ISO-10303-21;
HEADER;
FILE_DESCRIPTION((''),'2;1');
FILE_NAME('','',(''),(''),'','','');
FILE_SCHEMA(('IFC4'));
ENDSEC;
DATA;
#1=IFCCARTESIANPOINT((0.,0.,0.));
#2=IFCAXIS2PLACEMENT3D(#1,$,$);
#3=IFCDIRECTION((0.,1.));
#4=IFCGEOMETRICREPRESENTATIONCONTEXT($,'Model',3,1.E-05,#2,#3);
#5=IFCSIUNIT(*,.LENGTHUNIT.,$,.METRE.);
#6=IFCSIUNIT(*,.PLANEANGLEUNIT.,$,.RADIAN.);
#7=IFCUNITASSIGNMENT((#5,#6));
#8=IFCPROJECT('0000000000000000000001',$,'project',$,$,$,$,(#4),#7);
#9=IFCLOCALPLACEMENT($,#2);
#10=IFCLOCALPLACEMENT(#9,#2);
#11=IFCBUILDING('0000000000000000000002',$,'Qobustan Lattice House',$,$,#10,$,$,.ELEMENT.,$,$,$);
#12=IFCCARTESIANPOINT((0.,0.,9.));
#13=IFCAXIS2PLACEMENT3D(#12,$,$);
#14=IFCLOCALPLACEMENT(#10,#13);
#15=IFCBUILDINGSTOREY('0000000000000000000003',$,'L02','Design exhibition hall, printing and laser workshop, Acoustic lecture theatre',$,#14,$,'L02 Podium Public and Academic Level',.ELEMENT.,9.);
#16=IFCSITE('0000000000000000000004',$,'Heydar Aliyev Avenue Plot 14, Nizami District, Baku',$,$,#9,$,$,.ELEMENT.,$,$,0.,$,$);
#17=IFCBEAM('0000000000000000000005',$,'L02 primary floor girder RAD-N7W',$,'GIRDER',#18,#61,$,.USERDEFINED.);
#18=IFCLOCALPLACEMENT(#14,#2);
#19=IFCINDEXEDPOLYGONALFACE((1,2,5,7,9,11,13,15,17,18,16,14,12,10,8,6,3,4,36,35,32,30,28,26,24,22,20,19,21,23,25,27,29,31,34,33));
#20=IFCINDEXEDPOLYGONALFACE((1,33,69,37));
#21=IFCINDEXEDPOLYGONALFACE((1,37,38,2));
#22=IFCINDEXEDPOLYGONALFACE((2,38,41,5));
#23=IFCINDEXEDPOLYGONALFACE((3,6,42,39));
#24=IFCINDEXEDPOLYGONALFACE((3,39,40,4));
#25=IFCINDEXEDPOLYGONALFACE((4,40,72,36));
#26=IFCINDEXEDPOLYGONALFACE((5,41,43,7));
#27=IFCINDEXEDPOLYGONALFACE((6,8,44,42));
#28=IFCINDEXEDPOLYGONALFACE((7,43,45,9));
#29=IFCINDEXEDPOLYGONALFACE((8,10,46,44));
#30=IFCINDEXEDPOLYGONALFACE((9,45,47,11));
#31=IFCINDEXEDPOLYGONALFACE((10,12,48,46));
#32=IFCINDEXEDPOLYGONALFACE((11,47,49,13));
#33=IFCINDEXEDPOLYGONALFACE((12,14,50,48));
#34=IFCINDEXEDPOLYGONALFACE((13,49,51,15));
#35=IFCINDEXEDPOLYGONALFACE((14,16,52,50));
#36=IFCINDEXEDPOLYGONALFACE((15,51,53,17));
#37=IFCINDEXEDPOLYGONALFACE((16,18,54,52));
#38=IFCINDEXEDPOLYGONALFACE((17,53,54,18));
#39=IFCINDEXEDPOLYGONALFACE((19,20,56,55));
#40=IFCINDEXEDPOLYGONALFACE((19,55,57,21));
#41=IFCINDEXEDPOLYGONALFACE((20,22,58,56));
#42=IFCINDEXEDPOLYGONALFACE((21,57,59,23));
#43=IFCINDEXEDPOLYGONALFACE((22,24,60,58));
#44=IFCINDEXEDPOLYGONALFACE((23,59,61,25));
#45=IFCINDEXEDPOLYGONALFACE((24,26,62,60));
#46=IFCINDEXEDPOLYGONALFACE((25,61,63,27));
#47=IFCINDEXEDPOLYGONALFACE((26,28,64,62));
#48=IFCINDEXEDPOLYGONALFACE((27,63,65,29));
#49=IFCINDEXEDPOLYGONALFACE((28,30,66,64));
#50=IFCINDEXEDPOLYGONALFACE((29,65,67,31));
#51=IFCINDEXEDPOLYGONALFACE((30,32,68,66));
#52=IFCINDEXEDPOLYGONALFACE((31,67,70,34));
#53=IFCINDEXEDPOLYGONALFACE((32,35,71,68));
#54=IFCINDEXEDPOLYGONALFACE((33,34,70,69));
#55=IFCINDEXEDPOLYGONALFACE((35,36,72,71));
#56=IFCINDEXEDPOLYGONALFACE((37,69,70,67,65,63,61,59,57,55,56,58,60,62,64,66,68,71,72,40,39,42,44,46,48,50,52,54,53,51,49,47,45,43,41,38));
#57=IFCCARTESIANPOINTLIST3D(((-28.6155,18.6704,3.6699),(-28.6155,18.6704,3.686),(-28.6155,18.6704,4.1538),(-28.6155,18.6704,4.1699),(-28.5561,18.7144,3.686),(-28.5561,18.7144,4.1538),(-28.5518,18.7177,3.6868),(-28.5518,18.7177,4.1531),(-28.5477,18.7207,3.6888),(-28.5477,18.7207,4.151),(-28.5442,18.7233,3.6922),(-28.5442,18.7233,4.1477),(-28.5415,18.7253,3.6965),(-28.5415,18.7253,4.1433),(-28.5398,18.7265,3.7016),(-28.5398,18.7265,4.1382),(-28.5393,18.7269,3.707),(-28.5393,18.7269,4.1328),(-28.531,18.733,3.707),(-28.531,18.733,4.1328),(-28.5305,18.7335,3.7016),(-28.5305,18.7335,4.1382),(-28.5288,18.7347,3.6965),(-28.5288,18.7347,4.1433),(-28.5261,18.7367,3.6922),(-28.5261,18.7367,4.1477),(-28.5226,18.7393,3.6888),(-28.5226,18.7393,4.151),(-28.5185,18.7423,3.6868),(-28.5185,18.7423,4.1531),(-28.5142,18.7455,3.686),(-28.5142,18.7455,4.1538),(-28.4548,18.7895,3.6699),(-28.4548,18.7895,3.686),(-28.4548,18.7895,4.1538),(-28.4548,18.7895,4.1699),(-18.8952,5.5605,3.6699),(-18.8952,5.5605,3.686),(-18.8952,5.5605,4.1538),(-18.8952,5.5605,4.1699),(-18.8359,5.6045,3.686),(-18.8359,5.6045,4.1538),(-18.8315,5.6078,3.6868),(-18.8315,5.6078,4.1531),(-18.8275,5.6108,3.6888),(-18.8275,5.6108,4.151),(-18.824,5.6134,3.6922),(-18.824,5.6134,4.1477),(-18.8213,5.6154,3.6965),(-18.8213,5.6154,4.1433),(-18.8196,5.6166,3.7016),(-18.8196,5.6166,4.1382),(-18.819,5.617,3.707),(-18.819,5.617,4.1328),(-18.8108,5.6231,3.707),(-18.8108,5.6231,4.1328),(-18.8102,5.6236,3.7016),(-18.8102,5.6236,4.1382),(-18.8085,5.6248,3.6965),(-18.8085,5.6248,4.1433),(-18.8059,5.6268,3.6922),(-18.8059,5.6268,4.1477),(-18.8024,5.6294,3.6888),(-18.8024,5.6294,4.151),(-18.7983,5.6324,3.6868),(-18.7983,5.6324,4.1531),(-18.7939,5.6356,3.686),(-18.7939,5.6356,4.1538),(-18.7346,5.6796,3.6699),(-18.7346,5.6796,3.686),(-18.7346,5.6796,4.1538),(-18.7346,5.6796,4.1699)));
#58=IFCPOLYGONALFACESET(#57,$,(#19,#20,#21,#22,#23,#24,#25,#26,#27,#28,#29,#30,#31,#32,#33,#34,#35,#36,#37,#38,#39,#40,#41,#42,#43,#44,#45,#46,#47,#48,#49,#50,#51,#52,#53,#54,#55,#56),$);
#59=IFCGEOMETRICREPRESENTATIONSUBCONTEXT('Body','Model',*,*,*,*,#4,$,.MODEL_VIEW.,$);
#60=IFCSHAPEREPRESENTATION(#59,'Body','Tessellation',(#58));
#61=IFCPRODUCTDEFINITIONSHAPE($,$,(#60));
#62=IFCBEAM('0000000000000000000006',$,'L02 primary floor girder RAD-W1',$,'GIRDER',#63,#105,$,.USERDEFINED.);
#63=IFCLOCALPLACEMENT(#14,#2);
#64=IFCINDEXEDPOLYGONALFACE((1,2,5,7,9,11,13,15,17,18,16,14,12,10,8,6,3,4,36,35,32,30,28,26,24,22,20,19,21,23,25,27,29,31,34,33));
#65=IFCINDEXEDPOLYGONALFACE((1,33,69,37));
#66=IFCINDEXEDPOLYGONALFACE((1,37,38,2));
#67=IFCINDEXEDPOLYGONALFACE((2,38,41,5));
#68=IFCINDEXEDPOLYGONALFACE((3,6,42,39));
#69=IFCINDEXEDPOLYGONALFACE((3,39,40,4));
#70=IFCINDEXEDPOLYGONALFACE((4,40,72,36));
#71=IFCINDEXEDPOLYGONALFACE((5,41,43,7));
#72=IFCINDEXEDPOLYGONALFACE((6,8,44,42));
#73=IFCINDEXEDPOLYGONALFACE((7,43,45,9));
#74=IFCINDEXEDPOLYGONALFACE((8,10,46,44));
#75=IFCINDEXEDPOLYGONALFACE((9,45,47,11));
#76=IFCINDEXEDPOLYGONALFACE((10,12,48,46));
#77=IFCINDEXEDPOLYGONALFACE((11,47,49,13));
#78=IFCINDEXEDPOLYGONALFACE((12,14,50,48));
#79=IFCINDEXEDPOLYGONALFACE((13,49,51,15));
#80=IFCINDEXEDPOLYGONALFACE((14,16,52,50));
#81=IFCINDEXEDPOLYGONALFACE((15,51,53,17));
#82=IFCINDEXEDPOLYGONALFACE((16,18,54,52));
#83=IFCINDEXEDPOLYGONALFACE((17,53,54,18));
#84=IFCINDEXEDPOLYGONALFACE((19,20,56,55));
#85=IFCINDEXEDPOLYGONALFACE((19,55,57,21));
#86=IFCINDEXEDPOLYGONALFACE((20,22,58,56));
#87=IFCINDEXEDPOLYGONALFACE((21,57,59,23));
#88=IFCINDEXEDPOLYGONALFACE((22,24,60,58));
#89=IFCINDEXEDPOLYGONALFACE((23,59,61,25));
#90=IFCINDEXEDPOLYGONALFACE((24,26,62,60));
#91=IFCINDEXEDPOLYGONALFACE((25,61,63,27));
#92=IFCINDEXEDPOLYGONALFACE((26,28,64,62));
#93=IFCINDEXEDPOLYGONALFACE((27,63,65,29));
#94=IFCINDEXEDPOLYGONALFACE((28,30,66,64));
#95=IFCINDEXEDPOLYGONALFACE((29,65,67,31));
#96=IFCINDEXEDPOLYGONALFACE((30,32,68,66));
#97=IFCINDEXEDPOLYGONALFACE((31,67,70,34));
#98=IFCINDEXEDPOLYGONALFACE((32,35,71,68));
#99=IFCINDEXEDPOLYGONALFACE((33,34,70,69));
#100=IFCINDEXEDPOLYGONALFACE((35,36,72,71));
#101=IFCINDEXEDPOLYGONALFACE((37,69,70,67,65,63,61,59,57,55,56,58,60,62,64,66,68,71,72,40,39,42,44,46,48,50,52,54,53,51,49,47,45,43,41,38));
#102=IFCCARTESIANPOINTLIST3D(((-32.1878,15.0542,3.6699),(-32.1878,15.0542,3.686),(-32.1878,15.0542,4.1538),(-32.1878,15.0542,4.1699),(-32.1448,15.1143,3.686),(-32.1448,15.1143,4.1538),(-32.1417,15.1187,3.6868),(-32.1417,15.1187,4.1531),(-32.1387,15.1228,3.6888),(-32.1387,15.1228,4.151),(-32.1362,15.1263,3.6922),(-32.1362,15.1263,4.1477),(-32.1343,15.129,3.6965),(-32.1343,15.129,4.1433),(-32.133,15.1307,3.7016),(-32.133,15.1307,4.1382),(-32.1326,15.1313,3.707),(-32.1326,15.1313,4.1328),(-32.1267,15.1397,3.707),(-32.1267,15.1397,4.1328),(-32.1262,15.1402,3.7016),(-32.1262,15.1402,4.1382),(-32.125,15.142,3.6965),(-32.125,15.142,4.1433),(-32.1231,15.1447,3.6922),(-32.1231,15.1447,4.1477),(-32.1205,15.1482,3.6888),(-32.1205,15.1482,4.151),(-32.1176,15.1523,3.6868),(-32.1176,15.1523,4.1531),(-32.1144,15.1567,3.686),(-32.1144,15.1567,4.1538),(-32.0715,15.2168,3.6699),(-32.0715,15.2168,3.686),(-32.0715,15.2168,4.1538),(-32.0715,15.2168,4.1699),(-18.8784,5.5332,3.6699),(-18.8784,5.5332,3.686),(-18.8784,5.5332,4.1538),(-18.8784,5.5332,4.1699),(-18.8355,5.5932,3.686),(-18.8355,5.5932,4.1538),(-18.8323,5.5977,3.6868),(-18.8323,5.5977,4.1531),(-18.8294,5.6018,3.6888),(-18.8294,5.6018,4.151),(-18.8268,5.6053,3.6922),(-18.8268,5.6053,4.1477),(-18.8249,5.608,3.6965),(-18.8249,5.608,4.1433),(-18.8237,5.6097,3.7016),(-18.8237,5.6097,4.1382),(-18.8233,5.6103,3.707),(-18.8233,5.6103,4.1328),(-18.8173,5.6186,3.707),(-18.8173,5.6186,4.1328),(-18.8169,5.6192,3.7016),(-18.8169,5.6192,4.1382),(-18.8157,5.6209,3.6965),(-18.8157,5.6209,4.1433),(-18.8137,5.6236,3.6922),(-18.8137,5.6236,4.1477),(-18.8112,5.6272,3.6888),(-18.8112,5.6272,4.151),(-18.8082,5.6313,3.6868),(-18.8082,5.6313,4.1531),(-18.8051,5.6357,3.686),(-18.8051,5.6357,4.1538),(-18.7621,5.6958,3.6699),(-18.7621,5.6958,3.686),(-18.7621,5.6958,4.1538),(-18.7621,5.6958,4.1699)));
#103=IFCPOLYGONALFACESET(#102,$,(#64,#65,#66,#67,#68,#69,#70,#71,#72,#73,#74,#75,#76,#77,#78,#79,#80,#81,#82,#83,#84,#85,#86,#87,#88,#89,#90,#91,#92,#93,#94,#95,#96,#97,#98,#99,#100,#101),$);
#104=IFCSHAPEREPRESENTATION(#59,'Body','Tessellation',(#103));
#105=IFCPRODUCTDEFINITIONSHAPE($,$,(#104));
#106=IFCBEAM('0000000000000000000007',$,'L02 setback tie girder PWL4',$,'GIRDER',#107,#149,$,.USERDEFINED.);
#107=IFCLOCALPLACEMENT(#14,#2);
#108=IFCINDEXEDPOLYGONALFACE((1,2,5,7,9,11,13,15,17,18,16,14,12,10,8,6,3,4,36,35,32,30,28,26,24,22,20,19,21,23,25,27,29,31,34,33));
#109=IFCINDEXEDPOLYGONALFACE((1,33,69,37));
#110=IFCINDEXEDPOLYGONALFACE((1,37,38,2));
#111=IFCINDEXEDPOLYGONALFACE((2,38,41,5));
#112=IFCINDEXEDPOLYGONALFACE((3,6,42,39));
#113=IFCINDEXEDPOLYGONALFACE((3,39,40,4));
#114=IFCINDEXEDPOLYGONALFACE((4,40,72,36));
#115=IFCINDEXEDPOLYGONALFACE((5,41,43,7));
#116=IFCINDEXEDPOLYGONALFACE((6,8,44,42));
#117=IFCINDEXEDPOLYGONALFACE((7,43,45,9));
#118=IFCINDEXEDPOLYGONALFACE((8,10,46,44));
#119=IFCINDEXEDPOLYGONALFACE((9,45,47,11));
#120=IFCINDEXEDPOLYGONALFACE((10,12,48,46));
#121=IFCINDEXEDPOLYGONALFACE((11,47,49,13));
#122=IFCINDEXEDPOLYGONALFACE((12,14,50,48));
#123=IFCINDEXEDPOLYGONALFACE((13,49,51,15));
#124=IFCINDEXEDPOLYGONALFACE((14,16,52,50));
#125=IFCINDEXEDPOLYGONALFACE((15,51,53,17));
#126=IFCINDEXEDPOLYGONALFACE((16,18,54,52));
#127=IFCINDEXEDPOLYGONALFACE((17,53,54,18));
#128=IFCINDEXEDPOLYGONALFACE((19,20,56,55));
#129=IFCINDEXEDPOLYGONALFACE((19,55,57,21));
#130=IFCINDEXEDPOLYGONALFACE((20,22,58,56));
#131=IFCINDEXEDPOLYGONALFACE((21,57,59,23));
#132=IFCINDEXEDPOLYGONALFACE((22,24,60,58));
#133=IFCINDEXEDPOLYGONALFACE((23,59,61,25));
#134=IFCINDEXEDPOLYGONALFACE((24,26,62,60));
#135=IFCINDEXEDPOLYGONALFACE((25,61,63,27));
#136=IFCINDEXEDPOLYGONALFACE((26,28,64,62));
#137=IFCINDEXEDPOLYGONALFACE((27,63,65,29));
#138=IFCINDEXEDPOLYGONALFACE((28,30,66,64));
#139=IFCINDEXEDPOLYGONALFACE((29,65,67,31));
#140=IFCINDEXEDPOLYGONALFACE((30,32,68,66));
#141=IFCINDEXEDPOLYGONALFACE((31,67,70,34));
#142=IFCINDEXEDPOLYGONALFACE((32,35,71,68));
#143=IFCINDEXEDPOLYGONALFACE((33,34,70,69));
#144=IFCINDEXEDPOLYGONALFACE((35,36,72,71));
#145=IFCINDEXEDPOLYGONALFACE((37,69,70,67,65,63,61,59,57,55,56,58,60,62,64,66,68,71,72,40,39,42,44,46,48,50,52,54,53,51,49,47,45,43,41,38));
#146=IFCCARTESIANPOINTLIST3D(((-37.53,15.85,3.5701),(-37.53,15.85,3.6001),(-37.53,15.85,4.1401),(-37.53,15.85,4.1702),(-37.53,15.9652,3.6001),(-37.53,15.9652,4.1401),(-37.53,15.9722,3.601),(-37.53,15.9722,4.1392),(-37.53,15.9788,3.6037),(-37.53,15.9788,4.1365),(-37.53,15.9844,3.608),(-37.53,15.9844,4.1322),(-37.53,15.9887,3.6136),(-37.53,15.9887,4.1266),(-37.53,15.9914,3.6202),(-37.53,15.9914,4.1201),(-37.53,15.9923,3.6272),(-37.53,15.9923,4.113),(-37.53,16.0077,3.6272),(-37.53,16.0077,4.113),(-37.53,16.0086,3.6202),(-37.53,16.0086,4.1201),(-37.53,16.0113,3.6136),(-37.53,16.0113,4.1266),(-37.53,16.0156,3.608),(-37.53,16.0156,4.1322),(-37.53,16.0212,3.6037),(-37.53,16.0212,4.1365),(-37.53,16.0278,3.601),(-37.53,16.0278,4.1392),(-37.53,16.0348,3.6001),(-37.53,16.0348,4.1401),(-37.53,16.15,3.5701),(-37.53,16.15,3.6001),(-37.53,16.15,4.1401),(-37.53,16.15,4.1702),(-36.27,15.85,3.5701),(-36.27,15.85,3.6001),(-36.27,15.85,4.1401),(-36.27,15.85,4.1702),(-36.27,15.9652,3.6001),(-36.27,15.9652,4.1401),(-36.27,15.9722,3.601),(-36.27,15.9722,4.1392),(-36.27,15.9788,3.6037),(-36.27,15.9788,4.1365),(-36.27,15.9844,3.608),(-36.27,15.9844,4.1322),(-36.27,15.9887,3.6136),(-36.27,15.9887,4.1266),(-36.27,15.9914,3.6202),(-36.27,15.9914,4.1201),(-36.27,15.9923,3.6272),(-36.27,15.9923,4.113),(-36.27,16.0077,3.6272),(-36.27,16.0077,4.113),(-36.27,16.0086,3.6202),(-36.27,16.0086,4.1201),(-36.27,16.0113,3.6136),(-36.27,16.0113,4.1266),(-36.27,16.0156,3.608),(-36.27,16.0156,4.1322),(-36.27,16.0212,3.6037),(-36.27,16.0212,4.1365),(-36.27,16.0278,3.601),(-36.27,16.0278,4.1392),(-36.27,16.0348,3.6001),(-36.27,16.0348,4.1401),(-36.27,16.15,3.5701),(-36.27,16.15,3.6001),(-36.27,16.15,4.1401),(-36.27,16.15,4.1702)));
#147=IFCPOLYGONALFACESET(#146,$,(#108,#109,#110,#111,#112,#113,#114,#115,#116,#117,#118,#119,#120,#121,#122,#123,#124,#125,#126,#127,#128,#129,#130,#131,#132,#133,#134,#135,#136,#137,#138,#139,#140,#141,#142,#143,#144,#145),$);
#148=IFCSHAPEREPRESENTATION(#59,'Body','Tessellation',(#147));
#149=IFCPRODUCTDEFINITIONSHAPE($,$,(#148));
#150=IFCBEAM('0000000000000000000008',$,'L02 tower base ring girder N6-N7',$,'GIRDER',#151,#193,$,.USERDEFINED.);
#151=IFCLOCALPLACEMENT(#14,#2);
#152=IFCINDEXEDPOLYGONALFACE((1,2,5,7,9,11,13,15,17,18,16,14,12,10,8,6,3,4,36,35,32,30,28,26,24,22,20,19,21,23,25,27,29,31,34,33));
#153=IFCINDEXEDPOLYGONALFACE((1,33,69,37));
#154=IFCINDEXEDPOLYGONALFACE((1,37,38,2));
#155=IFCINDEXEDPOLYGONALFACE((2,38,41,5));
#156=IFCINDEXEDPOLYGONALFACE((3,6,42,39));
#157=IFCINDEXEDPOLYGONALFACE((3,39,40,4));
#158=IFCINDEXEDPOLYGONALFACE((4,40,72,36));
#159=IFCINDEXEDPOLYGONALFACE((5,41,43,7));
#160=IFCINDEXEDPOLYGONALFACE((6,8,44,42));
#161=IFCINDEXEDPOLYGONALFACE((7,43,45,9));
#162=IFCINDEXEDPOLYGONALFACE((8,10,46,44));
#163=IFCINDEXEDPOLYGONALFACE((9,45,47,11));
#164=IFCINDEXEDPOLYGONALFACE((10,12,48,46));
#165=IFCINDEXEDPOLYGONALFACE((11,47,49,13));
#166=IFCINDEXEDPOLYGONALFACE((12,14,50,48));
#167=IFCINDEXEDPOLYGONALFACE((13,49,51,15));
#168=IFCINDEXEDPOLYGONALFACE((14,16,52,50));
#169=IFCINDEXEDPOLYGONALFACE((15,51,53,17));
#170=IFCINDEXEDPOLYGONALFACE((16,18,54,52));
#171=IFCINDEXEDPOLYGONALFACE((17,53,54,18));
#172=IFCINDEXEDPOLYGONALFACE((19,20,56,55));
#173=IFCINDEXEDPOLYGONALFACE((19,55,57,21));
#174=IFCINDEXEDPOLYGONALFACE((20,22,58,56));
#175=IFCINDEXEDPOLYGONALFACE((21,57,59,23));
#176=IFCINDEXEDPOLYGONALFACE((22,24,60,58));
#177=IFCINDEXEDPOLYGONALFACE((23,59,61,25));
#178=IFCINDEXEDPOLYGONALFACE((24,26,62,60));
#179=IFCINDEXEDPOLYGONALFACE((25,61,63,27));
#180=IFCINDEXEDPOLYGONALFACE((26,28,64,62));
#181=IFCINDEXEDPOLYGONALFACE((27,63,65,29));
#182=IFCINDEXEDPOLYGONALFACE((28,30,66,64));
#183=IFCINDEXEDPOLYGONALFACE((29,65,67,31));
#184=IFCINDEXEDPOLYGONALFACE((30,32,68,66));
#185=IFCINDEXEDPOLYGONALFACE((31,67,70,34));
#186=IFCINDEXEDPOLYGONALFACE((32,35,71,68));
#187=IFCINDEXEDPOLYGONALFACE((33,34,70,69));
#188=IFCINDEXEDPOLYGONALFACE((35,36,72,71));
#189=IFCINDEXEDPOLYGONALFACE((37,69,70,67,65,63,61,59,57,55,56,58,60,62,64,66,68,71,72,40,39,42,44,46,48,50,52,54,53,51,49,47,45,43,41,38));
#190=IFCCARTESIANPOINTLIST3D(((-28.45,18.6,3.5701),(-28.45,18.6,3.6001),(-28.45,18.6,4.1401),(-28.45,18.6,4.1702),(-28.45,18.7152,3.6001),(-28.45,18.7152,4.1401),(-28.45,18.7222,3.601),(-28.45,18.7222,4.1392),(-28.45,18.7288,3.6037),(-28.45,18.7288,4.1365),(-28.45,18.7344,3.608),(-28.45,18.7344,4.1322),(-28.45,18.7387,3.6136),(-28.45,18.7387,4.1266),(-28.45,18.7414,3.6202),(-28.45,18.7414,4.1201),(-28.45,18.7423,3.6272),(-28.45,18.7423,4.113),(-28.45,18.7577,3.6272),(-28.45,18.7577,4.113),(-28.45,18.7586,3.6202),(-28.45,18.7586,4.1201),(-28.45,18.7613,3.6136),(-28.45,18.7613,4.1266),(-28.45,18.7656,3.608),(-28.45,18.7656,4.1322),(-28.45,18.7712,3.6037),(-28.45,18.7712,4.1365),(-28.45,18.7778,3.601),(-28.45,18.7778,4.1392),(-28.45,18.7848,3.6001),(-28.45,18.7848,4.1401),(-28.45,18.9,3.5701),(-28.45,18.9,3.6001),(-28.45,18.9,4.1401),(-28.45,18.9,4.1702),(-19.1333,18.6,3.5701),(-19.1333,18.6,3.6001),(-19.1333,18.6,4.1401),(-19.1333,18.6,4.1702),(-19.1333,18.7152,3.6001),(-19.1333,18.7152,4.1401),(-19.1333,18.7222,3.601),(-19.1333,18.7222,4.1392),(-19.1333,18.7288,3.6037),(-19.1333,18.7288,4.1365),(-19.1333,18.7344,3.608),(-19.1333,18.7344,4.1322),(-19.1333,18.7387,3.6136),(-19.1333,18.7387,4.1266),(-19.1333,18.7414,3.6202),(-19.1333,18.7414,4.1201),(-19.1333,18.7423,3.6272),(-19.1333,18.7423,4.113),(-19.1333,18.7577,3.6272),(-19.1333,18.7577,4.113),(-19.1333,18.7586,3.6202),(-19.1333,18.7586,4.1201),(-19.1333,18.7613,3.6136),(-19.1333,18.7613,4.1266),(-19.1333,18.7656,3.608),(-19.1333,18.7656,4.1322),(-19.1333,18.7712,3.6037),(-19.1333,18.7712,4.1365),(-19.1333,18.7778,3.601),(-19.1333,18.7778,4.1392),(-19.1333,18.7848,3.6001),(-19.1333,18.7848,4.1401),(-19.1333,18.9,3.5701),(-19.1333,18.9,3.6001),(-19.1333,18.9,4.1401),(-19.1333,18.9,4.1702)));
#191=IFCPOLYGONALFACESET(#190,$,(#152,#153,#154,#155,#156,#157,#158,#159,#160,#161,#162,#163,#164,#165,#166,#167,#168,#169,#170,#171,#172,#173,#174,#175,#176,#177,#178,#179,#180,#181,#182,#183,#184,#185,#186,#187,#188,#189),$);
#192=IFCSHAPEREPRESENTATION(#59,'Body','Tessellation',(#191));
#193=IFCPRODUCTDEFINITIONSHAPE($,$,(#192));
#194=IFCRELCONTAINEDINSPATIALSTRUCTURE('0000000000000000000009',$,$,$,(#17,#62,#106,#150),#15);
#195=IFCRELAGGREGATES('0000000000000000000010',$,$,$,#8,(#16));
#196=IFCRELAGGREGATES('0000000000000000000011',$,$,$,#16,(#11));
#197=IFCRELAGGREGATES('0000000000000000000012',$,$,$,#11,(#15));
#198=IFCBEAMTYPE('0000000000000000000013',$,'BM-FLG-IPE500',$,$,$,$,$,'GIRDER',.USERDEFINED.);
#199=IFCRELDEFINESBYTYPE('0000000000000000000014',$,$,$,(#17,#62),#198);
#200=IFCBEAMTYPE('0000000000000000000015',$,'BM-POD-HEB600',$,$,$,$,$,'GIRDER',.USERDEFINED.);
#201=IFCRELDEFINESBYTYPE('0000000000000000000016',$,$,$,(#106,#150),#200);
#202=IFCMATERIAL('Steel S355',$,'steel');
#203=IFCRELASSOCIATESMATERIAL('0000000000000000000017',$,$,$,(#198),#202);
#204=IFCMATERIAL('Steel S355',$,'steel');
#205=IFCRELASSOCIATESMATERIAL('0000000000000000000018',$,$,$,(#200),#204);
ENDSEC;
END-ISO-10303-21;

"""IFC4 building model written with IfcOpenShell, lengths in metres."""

from ifc_helpers import new_model, si_unit, direction, frame, origin, origin_2d, place, context, subcontext, project, spatial, i_section, extrude, material, material_profile, profile_set, type_object, element, save


model = new_model("IFC4")

# Units and contexts
model_context = context("Model", 3, precision=1e-05, world=origin(), true_north=direction((0.0, 1.0)))
body_context = subcontext(model_context, "Body", "Model", "MODEL_VIEW")
ifc_project = project(units=[si_unit("LENGTHUNIT", "METRE"), si_unit("PLANEANGLEUNIT", "RADIAN")], contexts=[model_context])

# Site, building, storey
site_placement = place(None, origin())
site = spatial("IfcSite", under=ifc_project, at=site_placement, Name="Heydar Aliyev Avenue Plot 14, Nizami District, Baku", CompositionType="ELEMENT", RefElevation=0.0)
building_placement = place(site_placement, origin())
building = spatial("IfcBuilding", under=site, at=building_placement, Name="Qobustan Lattice House", CompositionType="ELEMENT")
storey_placement = place(building_placement, frame((0.0, 0.0, 9.0)))
storey = spatial("IfcBuildingStorey", under=building, at=storey_placement, Name="L02", Description="Design exhibition hall, printing and laser workshop, Acoustic lecture theatre", LongName="L02 Podium Public and Academic Level", CompositionType="ELEMENT", Elevation=9.0)

# Beams
ifc_material_1 = material(Name="Steel S355", Category="steel")
ifc_material_profile_1 = material_profile(ifc_material_1, i_section(OverallWidth=0.2, OverallDepth=0.5, WebThickness=0.0103, FlangeThickness=0.0161, FilletRadius=0.021, at=origin_2d()), Name="IPE500")
ifc_profile_set_1 = profile_set([ifc_material_profile_1], Name="Steel S355")
beam_type_1 = type_object("IfcBeamType", Name="BM-FLG-IPE500", ElementType="GIRDER", PredefinedType="USERDEFINED", material=ifc_profile_set_1)
beam_1_placement = place(storey_placement, frame((-28.5352, 18.73, 3.9199), z_axis=(0.595592, -0.803287, 0.0), x_axis=(0.803287, 0.595592, 0.0)))
element("IfcBeam", 1, at=beam_1_placement, inside=storey, type_object=beam_type_1, Name="L02 primary floor girder RAD-N7W", ObjectType="GIRDER", PredefinedType="USERDEFINED", context=body_context, shape_type="SweptSolid", body=[
    extrude(i_section(OverallWidth=0.2, OverallDepth=0.5, WebThickness=0.0103, FlangeThickness=0.0161, FilletRadius=0.021, at=origin_2d()), origin(), (0.0, 0.0, 1.0), 16.3203),
])
beam_2_placement = place(storey_placement, frame((-32.1296, 15.1355, 3.9199), z_axis=(0.813319, -0.581818, 0.0), x_axis=(0.581818, 0.813319, 0.0)))
element("IfcBeam", 2, at=beam_2_placement, inside=storey, type_object=beam_type_1, Name="L02 primary floor girder RAD-W1", ObjectType="GIRDER", PredefinedType="USERDEFINED", context=body_context, shape_type="SweptSolid", body=[
    extrude(i_section(OverallWidth=0.2, OverallDepth=0.5, WebThickness=0.0103, FlangeThickness=0.0161, FilletRadius=0.021, at=origin_2d()), origin(), (0.0, 0.0, 1.0), 16.3643),
])
ifc_material_2 = material(Name="Steel S355", Category="steel")
ifc_material_profile_2 = material_profile(ifc_material_2, i_section(OverallWidth=0.3, OverallDepth=0.6001, WebThickness=0.0154, FlangeThickness=0.03, FilletRadius=0.0271, at=origin_2d()), Name="HEB600")
ifc_profile_set_2 = profile_set([ifc_material_profile_2], Name="Steel S355")
beam_type_2 = type_object("IfcBeamType", Name="BM-POD-HEB600", ElementType="GIRDER", PredefinedType="USERDEFINED", material=ifc_profile_set_2)
beam_3_placement = place(storey_placement, frame((-37.53, 16.0, 3.8701), z_axis=(1.0, 0.0, 0.0), x_axis=(0.0, 1.0, 0.0)))
element("IfcBeam", 3, at=beam_3_placement, inside=storey, type_object=beam_type_2, Name="L02 setback tie girder PWL4", ObjectType="GIRDER", PredefinedType="USERDEFINED", context=body_context, shape_type="SweptSolid", body=[
    extrude(i_section(OverallWidth=0.3, OverallDepth=0.6001, WebThickness=0.0154, FlangeThickness=0.03, FilletRadius=0.0271, at=origin_2d()), origin(), (0.0, 0.0, 1.0), 1.26),
])
beam_4_placement = place(storey_placement, frame((-19.1333, 18.75, 3.8701), z_axis=(-1.0, 0.0, 0.0), x_axis=(0.0, -1.0, 0.0)))
element("IfcBeam", 4, at=beam_4_placement, inside=storey, type_object=beam_type_2, Name="L02 tower base ring girder N6-N7", ObjectType="GIRDER", PredefinedType="USERDEFINED", context=body_context, shape_type="SweptSolid", body=[
    extrude(i_section(OverallWidth=0.3, OverallDepth=0.6001, WebThickness=0.0154, FlangeThickness=0.03, FilletRadius=0.0271, at=origin_2d()), origin(), (0.0, 0.0, 1.0), 9.3167),
])

save(model, "model.ifc")
